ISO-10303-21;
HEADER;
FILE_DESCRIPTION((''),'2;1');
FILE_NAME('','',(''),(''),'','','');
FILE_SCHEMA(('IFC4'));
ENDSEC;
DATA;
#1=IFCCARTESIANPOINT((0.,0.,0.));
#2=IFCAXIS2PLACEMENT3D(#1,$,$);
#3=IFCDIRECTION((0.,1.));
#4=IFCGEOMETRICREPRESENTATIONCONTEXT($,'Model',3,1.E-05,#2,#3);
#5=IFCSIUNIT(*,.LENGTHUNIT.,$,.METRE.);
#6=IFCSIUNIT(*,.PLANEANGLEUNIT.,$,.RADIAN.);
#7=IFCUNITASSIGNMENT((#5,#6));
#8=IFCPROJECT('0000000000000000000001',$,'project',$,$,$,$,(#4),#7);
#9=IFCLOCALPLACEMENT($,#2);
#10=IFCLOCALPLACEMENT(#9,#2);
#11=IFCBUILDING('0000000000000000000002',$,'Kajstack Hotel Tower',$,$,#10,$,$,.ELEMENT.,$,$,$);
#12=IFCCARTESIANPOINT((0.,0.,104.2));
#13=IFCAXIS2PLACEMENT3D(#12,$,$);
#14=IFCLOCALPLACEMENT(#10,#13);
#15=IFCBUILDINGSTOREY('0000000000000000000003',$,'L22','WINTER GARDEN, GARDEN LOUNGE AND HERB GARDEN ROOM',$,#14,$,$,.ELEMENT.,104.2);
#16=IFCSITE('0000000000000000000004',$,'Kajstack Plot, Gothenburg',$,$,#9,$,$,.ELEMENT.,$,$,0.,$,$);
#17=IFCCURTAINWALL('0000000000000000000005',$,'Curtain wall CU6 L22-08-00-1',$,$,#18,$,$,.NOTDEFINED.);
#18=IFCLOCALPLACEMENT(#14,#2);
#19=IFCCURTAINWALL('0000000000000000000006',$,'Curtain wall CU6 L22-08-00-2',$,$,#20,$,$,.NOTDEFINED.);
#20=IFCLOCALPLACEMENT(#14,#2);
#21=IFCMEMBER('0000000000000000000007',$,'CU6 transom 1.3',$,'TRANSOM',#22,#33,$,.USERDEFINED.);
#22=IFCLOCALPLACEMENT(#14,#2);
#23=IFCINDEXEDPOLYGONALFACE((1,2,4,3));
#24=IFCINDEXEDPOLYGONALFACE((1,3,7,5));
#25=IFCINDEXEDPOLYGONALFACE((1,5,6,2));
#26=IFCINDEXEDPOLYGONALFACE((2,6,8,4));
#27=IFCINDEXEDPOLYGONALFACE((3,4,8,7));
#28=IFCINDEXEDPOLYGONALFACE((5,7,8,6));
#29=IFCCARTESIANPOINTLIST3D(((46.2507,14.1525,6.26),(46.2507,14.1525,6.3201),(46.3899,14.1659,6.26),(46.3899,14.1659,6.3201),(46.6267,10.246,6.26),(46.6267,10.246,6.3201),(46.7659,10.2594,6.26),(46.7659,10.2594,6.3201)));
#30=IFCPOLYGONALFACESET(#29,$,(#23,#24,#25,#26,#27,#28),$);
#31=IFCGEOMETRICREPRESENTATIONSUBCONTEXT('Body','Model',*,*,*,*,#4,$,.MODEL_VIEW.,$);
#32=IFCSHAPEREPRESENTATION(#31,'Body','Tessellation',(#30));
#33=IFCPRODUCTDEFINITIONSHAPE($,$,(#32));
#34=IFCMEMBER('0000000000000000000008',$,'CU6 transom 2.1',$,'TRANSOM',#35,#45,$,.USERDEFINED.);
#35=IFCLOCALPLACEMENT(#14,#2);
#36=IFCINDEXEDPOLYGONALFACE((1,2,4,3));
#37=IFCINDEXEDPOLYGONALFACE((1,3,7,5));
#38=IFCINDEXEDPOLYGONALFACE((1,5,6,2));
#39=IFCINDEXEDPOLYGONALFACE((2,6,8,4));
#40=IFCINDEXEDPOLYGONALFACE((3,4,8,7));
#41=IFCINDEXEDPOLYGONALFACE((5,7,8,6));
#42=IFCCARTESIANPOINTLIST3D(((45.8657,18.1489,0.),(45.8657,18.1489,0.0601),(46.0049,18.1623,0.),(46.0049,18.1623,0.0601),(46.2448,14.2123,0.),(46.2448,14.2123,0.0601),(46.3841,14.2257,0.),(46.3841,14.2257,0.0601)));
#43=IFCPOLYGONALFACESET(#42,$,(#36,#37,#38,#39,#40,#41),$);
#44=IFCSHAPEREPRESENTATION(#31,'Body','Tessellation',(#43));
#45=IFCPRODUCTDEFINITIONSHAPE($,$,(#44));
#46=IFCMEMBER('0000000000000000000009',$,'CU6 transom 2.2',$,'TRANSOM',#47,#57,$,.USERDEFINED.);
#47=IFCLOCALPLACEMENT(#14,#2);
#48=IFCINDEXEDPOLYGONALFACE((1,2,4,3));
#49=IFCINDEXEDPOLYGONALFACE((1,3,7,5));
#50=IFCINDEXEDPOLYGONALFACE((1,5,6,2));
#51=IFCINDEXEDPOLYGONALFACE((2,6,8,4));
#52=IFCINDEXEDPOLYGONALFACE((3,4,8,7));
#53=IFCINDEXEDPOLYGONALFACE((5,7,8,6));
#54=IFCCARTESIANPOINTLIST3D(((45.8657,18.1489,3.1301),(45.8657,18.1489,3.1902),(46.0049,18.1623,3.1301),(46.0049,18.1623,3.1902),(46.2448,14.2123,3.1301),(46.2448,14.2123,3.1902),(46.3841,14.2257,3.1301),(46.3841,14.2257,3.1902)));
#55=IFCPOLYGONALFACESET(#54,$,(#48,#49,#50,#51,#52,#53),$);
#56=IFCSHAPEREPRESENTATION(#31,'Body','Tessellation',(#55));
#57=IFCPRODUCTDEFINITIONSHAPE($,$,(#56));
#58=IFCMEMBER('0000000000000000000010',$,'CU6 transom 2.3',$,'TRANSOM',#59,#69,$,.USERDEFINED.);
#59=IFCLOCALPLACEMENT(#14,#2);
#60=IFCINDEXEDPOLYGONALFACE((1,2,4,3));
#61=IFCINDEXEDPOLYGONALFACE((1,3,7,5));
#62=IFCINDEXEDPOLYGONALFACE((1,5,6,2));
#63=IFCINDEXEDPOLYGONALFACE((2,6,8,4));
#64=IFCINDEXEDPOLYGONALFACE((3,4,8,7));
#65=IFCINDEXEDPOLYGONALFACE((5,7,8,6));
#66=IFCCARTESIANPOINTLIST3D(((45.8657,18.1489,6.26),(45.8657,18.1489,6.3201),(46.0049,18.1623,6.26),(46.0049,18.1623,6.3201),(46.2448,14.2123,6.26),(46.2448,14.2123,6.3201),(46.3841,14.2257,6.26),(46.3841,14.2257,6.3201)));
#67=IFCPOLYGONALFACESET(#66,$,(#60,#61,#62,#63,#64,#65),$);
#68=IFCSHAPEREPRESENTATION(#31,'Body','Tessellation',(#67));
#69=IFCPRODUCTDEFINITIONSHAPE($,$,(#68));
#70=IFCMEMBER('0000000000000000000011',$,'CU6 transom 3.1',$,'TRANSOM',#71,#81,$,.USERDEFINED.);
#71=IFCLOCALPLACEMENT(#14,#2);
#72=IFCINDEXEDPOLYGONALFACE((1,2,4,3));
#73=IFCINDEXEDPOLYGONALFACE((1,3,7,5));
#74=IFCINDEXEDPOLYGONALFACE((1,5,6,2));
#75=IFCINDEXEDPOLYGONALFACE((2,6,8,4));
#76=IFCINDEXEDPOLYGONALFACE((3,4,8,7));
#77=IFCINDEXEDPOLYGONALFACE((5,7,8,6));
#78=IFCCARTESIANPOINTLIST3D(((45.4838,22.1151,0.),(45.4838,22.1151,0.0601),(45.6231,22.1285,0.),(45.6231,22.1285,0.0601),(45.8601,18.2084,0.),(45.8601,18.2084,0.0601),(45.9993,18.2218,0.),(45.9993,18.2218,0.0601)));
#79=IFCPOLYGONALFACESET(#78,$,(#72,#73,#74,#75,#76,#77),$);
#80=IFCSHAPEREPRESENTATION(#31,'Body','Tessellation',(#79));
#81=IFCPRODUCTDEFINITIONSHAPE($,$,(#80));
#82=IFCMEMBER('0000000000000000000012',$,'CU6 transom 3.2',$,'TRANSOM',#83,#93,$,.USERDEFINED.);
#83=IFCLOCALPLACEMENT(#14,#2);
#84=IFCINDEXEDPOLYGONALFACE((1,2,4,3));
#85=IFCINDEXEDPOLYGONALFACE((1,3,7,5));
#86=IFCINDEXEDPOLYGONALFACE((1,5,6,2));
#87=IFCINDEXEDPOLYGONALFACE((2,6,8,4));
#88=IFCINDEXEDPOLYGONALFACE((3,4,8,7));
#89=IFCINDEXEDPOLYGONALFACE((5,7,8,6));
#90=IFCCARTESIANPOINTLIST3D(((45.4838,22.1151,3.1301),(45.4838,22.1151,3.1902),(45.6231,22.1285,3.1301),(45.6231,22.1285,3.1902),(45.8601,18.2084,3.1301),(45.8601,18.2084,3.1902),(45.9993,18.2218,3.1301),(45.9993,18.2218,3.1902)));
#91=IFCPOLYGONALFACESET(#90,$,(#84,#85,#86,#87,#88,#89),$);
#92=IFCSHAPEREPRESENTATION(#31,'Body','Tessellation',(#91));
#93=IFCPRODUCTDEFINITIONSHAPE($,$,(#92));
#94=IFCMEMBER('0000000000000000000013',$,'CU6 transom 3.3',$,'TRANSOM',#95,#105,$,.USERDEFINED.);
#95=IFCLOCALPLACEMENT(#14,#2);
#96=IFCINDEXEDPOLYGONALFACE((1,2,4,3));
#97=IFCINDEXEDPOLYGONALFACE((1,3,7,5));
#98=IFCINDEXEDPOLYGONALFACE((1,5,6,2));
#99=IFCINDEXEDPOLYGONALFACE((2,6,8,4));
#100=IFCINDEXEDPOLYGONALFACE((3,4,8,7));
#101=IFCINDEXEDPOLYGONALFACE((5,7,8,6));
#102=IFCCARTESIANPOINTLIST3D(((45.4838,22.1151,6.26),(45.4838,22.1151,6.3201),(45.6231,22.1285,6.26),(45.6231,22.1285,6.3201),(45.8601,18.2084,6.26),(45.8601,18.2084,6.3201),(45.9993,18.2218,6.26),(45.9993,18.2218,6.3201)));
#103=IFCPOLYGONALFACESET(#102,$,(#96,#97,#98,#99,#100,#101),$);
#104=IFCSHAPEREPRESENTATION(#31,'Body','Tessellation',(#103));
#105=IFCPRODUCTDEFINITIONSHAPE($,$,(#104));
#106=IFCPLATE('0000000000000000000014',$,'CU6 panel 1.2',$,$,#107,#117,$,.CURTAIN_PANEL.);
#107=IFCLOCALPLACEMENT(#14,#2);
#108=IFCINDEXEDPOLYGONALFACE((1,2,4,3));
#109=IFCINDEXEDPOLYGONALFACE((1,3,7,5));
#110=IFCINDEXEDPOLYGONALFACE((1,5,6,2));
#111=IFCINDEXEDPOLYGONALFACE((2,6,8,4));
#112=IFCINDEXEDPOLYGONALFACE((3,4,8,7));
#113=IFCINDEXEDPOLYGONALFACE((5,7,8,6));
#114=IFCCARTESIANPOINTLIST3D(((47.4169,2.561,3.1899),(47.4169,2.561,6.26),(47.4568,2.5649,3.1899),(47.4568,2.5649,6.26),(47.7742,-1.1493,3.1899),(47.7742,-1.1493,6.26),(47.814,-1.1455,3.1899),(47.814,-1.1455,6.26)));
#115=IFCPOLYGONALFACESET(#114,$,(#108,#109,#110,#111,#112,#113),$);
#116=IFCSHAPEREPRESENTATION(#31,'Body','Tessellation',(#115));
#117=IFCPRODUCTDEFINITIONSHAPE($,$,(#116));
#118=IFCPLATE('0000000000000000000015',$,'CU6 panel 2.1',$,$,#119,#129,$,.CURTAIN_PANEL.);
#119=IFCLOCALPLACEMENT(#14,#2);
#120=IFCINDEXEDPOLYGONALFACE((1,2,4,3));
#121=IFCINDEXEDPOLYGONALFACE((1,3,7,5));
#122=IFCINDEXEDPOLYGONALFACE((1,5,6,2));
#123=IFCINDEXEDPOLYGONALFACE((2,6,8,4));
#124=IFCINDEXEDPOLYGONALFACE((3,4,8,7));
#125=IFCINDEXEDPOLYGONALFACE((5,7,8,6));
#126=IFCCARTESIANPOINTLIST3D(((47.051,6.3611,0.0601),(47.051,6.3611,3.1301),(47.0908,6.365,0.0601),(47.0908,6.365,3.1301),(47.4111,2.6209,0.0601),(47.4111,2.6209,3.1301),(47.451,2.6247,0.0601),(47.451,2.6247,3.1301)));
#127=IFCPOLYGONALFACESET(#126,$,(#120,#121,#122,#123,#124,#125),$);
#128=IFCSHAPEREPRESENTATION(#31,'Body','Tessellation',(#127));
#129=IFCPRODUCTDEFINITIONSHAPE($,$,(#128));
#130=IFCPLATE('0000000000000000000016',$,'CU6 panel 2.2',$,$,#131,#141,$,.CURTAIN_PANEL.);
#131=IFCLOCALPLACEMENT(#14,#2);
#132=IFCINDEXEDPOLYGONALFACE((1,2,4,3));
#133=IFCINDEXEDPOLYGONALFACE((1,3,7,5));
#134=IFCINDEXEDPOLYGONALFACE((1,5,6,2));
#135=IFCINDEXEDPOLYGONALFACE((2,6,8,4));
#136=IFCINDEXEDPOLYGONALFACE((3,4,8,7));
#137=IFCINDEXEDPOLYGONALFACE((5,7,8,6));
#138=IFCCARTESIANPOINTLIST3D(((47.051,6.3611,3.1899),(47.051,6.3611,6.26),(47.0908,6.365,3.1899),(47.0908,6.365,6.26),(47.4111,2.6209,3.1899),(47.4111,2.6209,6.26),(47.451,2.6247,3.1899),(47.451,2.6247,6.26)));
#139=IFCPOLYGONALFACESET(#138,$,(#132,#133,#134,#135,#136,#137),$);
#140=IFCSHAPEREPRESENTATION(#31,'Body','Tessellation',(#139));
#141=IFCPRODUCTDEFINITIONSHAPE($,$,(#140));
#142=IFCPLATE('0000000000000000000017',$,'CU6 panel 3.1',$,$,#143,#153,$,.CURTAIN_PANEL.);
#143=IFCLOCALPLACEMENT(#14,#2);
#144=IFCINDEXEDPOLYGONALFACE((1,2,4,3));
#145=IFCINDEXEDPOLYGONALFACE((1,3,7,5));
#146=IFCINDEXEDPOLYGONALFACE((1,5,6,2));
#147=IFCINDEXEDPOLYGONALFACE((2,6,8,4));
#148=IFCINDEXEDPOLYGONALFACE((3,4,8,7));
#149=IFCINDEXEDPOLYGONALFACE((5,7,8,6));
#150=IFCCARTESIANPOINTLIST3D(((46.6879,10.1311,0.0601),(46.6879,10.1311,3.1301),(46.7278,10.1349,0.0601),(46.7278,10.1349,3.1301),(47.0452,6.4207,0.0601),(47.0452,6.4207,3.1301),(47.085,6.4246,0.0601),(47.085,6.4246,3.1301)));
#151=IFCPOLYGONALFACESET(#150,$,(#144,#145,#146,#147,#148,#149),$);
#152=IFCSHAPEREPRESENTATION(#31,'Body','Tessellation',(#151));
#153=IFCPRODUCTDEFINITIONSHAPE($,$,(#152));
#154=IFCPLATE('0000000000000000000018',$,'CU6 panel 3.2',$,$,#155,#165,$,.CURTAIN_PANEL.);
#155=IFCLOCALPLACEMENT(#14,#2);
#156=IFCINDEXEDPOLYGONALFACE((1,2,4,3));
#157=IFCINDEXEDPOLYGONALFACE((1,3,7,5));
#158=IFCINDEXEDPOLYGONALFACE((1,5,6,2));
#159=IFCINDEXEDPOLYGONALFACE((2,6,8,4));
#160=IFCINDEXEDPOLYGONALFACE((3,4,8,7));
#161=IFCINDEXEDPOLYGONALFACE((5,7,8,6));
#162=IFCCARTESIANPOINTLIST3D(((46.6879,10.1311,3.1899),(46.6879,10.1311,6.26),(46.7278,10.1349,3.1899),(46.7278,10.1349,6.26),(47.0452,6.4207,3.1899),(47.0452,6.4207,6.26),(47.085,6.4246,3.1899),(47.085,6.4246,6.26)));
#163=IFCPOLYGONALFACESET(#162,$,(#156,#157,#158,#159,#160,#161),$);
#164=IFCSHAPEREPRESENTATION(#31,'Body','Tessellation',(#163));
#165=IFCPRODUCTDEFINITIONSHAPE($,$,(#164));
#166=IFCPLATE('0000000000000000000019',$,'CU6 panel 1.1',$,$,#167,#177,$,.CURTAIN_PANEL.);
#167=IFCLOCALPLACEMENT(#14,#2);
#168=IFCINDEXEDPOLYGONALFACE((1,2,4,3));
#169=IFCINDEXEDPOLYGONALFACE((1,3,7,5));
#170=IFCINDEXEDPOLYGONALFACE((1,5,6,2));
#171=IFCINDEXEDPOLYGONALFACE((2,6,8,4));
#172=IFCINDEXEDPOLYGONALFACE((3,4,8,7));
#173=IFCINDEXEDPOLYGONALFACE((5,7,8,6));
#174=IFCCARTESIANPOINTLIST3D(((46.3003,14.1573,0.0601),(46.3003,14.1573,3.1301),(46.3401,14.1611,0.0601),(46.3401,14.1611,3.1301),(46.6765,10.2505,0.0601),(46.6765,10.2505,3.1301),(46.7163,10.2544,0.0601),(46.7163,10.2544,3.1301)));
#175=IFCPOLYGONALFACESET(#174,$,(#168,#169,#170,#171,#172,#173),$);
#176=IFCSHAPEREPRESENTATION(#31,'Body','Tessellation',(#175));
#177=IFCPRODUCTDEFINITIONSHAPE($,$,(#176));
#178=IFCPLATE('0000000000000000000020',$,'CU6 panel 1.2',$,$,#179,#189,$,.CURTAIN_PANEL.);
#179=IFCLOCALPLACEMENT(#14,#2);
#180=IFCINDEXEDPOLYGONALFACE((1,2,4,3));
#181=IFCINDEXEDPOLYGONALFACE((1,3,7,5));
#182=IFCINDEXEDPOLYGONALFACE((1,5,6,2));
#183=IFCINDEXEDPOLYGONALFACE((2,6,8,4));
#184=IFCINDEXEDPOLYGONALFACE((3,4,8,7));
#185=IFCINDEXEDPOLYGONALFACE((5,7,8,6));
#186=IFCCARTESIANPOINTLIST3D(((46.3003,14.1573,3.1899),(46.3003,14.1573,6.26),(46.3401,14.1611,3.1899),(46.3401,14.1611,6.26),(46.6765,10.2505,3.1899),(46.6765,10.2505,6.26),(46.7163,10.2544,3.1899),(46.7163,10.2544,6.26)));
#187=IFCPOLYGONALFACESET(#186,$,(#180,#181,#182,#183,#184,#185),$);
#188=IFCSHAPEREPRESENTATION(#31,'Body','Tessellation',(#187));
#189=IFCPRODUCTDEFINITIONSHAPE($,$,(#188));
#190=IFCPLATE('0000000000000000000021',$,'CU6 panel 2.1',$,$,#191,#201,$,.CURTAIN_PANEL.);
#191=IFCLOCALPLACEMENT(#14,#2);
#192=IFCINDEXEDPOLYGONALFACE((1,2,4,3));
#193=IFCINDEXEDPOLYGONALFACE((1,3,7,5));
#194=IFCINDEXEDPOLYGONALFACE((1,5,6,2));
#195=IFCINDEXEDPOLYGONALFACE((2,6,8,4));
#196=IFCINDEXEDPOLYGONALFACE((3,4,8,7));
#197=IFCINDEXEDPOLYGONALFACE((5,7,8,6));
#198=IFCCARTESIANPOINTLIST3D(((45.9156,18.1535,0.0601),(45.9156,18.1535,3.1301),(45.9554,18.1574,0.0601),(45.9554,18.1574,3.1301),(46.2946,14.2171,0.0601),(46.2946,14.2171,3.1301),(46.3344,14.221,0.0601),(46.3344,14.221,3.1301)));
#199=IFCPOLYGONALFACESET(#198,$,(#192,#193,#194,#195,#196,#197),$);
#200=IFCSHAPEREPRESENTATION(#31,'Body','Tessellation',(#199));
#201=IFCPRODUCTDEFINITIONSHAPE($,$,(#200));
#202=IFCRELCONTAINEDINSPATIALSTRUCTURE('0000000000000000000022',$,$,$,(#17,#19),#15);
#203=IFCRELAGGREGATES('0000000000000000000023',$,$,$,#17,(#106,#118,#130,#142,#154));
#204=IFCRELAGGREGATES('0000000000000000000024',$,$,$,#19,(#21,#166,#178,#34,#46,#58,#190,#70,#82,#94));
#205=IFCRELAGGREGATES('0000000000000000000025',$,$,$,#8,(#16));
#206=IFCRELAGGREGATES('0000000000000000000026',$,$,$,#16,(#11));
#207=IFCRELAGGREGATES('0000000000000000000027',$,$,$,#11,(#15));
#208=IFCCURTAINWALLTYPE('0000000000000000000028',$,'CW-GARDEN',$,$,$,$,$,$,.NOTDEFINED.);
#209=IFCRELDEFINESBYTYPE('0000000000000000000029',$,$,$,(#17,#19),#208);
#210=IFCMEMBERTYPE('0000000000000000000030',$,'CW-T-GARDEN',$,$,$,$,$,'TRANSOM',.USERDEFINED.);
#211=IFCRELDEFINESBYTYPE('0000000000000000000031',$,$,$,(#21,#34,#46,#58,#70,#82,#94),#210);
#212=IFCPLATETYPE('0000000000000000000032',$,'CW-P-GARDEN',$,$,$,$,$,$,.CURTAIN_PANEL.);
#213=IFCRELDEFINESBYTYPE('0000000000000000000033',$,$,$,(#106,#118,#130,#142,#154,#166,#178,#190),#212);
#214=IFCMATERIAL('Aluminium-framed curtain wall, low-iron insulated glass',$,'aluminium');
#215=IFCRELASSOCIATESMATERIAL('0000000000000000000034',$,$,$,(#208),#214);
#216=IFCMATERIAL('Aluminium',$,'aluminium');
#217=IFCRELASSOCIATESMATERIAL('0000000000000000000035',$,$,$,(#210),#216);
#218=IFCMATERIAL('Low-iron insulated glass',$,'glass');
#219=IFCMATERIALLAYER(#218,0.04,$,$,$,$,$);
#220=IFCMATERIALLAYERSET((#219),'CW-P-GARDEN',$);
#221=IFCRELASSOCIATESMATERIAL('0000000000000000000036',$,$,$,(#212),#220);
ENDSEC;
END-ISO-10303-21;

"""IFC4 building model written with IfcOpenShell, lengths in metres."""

from ifc_helpers import new_model, si_unit, direction, frame, origin, origin_2d, place, context, subcontext, project, spatial, rectangle, extrude, material, layer, layer_set, material_profile, profile_set, type_object, element, aggregate, save


model = new_model("IFC4")

# Units and contexts
model_context = context("Model", 3, precision=1e-05, world=origin(), true_north=direction((0.0, 1.0)))
body_context = subcontext(model_context, "Body", "Model", "MODEL_VIEW")
ifc_project = project(units=[si_unit("LENGTHUNIT", "METRE"), si_unit("PLANEANGLEUNIT", "RADIAN")], contexts=[model_context])

# Site, building, storey
site_placement = place(None, origin())
site = spatial("IfcSite", under=ifc_project, at=site_placement, Name="Kajstack Plot, Gothenburg", CompositionType="ELEMENT", RefElevation=0.0)
building_placement = place(site_placement, origin())
building = spatial("IfcBuilding", under=site, at=building_placement, Name="Kajstack Hotel Tower", CompositionType="ELEMENT")
storey_placement = place(building_placement, frame((0.0, 0.0, 104.2)))
storey = spatial("IfcBuildingStorey", under=building, at=storey_placement, Name="L22", Description="WINTER GARDEN, GARDEN LOUNGE AND HERB GARDEN ROOM", CompositionType="ELEMENT", Elevation=104.2)

# Curtain walls
ifc_material_1 = material(Name="Aluminium-framed curtain wall, low-iron insulated glass", Category="aluminium")
curtain_wall_type = type_object("IfcCurtainWallType", Name="CW-GARDEN", PredefinedType="NOTDEFINED", material=ifc_material_1)
curtain_wall_1_placement = place(storey_placement, origin())
curtain_wall_1 = element("IfcCurtainWall", 1, at=curtain_wall_1_placement, inside=storey, type_object=curtain_wall_type, Name="Curtain wall CU6 L22-08-00-1", PredefinedType="NOTDEFINED")
ifc_material_2 = material(Name="Aluminium", Category="aluminium")
curtain_wall_2_placement = place(storey_placement, origin())
curtain_wall_2 = element("IfcCurtainWall", 2, at=curtain_wall_2_placement, inside=storey, type_object=curtain_wall_type, Name="Curtain wall CU6 L22-08-00-2", PredefinedType="NOTDEFINED")

# Members
ifc_material_profile_1 = material_profile(ifc_material_2, rectangle(XDim=0.1399, YDim=0.0601, at=origin_2d()), Name="Aluminium transom 140 x 60")
ifc_profile_set_1 = profile_set([ifc_material_profile_1], Name="Aluminium")
member_type_1 = type_object("IfcMemberType", Name="CW-T-GARDEN", ElementType="TRANSOM", PredefinedType="USERDEFINED", material=ifc_profile_set_1)
member_1_placement = place(storey_placement, frame((46.6963, 10.2527, 6.29), z_axis=(-0.095801, 0.9954, 0.0), x_axis=(-0.9954, -0.095801, 0.0)))
member_1 = element("IfcMember", 3, at=member_1_placement, type_object=member_type_1, Name="CU6 transom 1.3", ObjectType="TRANSOM", PredefinedType="USERDEFINED", context=body_context, shape_type="SweptSolid", body=[
    extrude(rectangle(XDim=0.1399, YDim=0.0601, at=origin_2d()), origin(), (0.0, 0.0, 1.0), 3.9246),
])
member_2_placement = place(storey_placement, frame((46.3145, 14.219, 0.03), z_axis=(-0.095872, 0.995394, 0.0), x_axis=(-0.995394, -0.095872, 0.0)))
member_2 = element("IfcMember", 4, at=member_2_placement, type_object=member_type_1, Name="CU6 transom 2.1", ObjectType="TRANSOM", PredefinedType="USERDEFINED", context=body_context, shape_type="SweptSolid", body=[
    extrude(rectangle(XDim=0.1399, YDim=0.0601, at=origin_2d()), origin(), (0.0, 0.0, 1.0), 3.9548),
])
member_3_placement = place(storey_placement, frame((46.3145, 14.219, 3.1602), z_axis=(-0.095872, 0.995394, 0.0), x_axis=(-0.995394, -0.095872, 0.0)))
member_3 = element("IfcMember", 5, at=member_3_placement, type_object=member_type_1, Name="CU6 transom 2.2", ObjectType="TRANSOM", PredefinedType="USERDEFINED", context=body_context, shape_type="SweptSolid", body=[
    extrude(rectangle(XDim=0.1399, YDim=0.0601, at=origin_2d()), origin(), (0.0, 0.0, 1.0), 3.9548),
])
member_4_placement = place(storey_placement, frame((46.3145, 14.219, 6.29), z_axis=(-0.095872, 0.995394, 0.0), x_axis=(-0.995394, -0.095872, 0.0)))
member_4 = element("IfcMember", 6, at=member_4_placement, type_object=member_type_1, Name="CU6 transom 2.3", ObjectType="TRANSOM", PredefinedType="USERDEFINED", context=body_context, shape_type="SweptSolid", body=[
    extrude(rectangle(XDim=0.1399, YDim=0.0601, at=origin_2d()), origin(), (0.0, 0.0, 1.0), 3.9548),
])
member_5_placement = place(storey_placement, frame((45.9297, 18.2151, 0.03), z_axis=(-0.095857, 0.995395, 0.0), x_axis=(-0.995395, -0.095857, 0.0)))
member_5 = element("IfcMember", 7, at=member_5_placement, type_object=member_type_1, Name="CU6 transom 3.1", ObjectType="TRANSOM", PredefinedType="USERDEFINED", context=body_context, shape_type="SweptSolid", body=[
    extrude(rectangle(XDim=0.1399, YDim=0.0601, at=origin_2d()), origin(), (0.0, 0.0, 1.0), 3.9248),
])
member_6_placement = place(storey_placement, frame((45.9297, 18.2151, 3.1602), z_axis=(-0.095857, 0.995395, 0.0), x_axis=(-0.995395, -0.095857, 0.0)))
member_6 = element("IfcMember", 8, at=member_6_placement, type_object=member_type_1, Name="CU6 transom 3.2", ObjectType="TRANSOM", PredefinedType="USERDEFINED", context=body_context, shape_type="SweptSolid", body=[
    extrude(rectangle(XDim=0.1399, YDim=0.0601, at=origin_2d()), origin(), (0.0, 0.0, 1.0), 3.9248),
])
member_7_placement = place(storey_placement, frame((45.9297, 18.2151, 6.29), z_axis=(-0.095857, 0.995395, 0.0), x_axis=(-0.995395, -0.095857, 0.0)))
member_7 = element("IfcMember", 9, at=member_7_placement, type_object=member_type_1, Name="CU6 transom 3.3", ObjectType="TRANSOM", PredefinedType="USERDEFINED", context=body_context, shape_type="SweptSolid", body=[
    extrude(rectangle(XDim=0.1399, YDim=0.0601, at=origin_2d()), origin(), (0.0, 0.0, 1.0), 3.9248),
])

# Plates
ifc_material_3 = material(Name="Low-iron insulated glass", Category="glass")
ifc_layer_1 = layer(ifc_material_3, 0.04)
ifc_layer_set_1 = layer_set([ifc_layer_1], Name="CW-P-GARDEN")
plate_type = type_object("IfcPlateType", Name="CW-P-GARDEN", PredefinedType="CURTAIN_PANEL", material=ifc_layer_set_1)
plate_1_placement = place(storey_placement, frame((47.6155, 0.7078, 3.1899), z_axis=(0.0, 0.0, 1.0), x_axis=(-0.095846, 0.995396, 0.0)))
plate_1 = element("IfcPlate", 10, at=plate_1_placement, type_object=plate_type, Name="CU6 panel 1.2", PredefinedType="CURTAIN_PANEL", context=body_context, shape_type="SweptSolid", body=[
    extrude(rectangle(XDim=3.7275, YDim=0.04, at=origin_2d()), origin(), (0.0, 0.0, 1.0), 3.0701),
])
plate_2_placement = place(storey_placement, frame((47.251, 4.4929, 0.0601), z_axis=(0.0, 0.0, 1.0), x_axis=(-0.095846, 0.995396, 0.0)))
plate_2 = element("IfcPlate", 11, at=plate_2_placement, type_object=plate_type, Name="CU6 panel 2.1", PredefinedType="CURTAIN_PANEL", context=body_context, shape_type="SweptSolid", body=[
    extrude(rectangle(XDim=3.7576, YDim=0.04, at=origin_2d()), origin(), (0.0, 0.0, 1.0), 3.0701),
])
plate_3_placement = place(storey_placement, frame((47.251, 4.4929, 3.1899), z_axis=(0.0, 0.0, 1.0), x_axis=(-0.095846, 0.995396, 0.0)))
plate_3 = element("IfcPlate", 12, at=plate_3_placement, type_object=plate_type, Name="CU6 panel 2.2", PredefinedType="CURTAIN_PANEL", context=body_context, shape_type="SweptSolid", body=[
    extrude(rectangle(XDim=3.7576, YDim=0.04, at=origin_2d()), origin(), (0.0, 0.0, 1.0), 3.0701),
])
plate_4_placement = place(storey_placement, frame((46.8865, 8.2778, 0.0601), z_axis=(0.0, 0.0, 1.0), x_axis=(-0.095846, 0.995396, 0.0)))
plate_4 = element("IfcPlate", 13, at=plate_4_placement, type_object=plate_type, Name="CU6 panel 3.1", PredefinedType="CURTAIN_PANEL", context=body_context, shape_type="SweptSolid", body=[
    extrude(rectangle(XDim=3.7275, YDim=0.04, at=origin_2d()), origin(), (0.0, 0.0, 1.0), 3.0701),
])
plate_5_placement = place(storey_placement, frame((46.8865, 8.2778, 3.1899), z_axis=(0.0, 0.0, 1.0), x_axis=(-0.095846, 0.995396, 0.0)))
plate_5 = element("IfcPlate", 14, at=plate_5_placement, type_object=plate_type, Name="CU6 panel 3.2", PredefinedType="CURTAIN_PANEL", context=body_context, shape_type="SweptSolid", body=[
    extrude(rectangle(XDim=3.7275, YDim=0.04, at=origin_2d()), origin(), (0.0, 0.0, 1.0), 3.0701),
])
aggregate(curtain_wall_1, [plate_1, plate_2, plate_3, plate_4, plate_5])
plate_6_placement = place(storey_placement, frame((46.5083, 12.2058, 0.0601), z_axis=(0.0, 0.0, 1.0), x_axis=(-0.095846, 0.995396, 0.0)))
plate_6 = element("IfcPlate", 15, at=plate_6_placement, type_object=plate_type, Name="CU6 panel 1.1", PredefinedType="CURTAIN_PANEL", context=body_context, shape_type="SweptSolid", body=[
    extrude(rectangle(XDim=3.9248, YDim=0.04, at=origin_2d()), origin(), (0.0, 0.0, 1.0), 3.0701),
])
plate_7_placement = place(storey_placement, frame((46.5083, 12.2058, 3.1899), z_axis=(0.0, 0.0, 1.0), x_axis=(-0.095846, 0.995396, 0.0)))
plate_7 = element("IfcPlate", 16, at=plate_7_placement, type_object=plate_type, Name="CU6 panel 1.2", PredefinedType="CURTAIN_PANEL", context=body_context, shape_type="SweptSolid", body=[
    extrude(rectangle(XDim=3.9248, YDim=0.04, at=origin_2d()), origin(), (0.0, 0.0, 1.0), 3.0701),
])
plate_8_placement = place(storey_placement, frame((46.125, 16.1873, 0.0601), z_axis=(0.0, 0.0, 1.0), x_axis=(-0.095846, 0.995396, 0.0)))
plate_8 = element("IfcPlate", 17, at=plate_8_placement, type_object=plate_type, Name="CU6 panel 2.1", PredefinedType="CURTAIN_PANEL", context=body_context, shape_type="SweptSolid", body=[
    extrude(rectangle(XDim=3.9546, YDim=0.04, at=origin_2d()), origin(), (0.0, 0.0, 1.0), 3.0701),
])
aggregate(curtain_wall_2, [member_1, plate_6, plate_7, member_2, member_3, member_4, plate_8, member_5, member_6, member_7])

save(model, "model.ifc")
